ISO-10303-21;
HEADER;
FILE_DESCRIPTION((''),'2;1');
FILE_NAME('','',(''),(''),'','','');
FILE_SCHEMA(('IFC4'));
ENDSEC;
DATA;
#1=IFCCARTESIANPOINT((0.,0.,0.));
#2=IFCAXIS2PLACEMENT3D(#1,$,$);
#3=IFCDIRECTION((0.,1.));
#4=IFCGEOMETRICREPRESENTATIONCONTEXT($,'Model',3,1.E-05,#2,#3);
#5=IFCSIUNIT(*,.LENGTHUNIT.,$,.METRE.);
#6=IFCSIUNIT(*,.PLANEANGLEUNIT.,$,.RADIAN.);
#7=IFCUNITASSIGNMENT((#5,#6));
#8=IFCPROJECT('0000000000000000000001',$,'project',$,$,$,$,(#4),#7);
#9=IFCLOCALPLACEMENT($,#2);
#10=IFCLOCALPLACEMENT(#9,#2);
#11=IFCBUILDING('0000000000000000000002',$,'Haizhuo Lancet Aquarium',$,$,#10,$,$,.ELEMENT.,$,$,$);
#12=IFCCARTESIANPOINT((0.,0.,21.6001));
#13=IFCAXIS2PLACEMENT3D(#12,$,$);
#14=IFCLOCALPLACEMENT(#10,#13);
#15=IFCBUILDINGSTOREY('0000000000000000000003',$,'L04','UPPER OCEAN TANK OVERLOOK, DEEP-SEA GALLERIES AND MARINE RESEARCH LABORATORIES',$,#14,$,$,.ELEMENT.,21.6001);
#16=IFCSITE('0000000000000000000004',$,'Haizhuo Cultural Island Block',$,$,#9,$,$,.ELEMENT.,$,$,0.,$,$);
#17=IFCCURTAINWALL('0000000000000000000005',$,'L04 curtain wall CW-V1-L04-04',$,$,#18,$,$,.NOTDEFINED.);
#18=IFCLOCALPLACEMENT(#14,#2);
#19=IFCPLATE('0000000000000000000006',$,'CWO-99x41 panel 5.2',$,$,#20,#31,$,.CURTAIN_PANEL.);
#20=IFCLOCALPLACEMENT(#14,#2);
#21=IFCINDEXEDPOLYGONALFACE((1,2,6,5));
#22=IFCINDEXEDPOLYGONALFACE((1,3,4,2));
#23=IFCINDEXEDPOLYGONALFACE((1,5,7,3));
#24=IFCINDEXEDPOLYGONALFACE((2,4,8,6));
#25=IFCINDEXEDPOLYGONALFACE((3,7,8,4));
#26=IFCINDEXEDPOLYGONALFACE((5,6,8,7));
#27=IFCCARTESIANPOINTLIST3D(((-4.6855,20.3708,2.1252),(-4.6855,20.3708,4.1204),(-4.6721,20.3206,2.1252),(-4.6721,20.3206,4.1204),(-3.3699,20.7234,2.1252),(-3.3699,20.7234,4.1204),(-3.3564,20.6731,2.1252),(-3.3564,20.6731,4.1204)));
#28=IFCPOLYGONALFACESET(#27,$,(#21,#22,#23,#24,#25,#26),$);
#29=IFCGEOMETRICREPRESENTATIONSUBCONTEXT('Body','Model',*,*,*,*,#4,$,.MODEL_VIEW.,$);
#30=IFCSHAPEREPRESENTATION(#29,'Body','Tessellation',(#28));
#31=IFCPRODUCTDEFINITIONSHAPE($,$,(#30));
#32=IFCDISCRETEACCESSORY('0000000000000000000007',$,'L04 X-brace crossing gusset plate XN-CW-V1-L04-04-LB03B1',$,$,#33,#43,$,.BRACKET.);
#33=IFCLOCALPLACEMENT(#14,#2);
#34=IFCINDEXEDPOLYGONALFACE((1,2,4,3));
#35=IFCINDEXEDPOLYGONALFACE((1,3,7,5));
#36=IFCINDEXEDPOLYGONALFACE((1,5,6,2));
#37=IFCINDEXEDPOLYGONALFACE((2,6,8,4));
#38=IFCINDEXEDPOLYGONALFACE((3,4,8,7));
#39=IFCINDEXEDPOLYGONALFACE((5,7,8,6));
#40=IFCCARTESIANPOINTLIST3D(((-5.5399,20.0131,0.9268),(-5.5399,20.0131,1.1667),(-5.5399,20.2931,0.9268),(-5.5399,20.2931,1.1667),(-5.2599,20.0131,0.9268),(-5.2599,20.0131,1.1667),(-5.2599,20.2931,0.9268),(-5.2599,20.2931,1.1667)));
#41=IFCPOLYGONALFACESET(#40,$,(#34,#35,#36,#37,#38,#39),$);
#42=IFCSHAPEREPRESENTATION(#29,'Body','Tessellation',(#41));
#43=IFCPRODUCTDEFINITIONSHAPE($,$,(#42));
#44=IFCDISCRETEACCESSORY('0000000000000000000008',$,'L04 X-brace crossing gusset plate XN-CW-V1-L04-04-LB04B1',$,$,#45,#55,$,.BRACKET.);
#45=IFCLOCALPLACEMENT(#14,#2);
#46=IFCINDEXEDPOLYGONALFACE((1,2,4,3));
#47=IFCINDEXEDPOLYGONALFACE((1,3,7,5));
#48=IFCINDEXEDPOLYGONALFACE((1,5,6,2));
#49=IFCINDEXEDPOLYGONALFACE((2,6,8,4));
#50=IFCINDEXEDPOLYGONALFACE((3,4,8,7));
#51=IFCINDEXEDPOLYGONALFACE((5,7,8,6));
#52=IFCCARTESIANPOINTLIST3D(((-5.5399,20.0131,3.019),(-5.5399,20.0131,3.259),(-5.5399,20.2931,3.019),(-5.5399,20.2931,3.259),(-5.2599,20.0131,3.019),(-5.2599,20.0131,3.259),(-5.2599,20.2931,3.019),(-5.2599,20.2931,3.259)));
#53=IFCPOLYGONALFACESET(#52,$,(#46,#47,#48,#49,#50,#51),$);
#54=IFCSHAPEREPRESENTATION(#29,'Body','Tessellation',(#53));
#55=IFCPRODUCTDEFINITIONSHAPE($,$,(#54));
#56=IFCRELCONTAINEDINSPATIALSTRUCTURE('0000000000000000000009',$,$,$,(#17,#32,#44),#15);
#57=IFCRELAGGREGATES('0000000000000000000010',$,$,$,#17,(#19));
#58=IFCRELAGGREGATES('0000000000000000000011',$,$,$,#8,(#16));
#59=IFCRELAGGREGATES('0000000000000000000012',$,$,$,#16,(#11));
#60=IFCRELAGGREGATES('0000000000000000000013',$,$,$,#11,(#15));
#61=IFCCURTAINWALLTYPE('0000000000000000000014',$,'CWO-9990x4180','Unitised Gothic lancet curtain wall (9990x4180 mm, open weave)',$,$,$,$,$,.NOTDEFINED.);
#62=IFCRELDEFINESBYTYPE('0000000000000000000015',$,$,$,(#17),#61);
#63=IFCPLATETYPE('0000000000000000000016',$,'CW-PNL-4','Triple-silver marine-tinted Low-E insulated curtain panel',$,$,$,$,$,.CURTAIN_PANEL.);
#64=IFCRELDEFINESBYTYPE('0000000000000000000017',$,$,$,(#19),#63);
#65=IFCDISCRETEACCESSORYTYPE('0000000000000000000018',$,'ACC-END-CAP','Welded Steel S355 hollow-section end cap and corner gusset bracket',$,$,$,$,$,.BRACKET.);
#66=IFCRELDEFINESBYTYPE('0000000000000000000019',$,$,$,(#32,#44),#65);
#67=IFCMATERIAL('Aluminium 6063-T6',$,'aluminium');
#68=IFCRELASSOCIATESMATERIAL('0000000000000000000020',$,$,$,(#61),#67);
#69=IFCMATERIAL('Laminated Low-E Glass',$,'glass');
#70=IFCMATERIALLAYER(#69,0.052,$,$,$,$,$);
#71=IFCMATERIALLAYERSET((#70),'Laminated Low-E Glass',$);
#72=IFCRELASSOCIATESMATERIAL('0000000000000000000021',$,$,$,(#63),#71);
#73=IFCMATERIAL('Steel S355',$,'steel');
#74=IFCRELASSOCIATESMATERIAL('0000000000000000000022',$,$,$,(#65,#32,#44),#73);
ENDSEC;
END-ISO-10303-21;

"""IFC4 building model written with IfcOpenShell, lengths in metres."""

from ifc_helpers import new_model, si_unit, direction, frame, origin, origin_2d, place, context, subcontext, project, spatial, rectangle, extrude, material, layer, layer_set, type_object, element, aggregate, save


model = new_model("IFC4")

# Units and contexts
model_context = context("Model", 3, precision=1e-05, world=origin(), true_north=direction((0.0, 1.0)))
body_context = subcontext(model_context, "Body", "Model", "MODEL_VIEW")
ifc_project = project(units=[si_unit("LENGTHUNIT", "METRE"), si_unit("PLANEANGLEUNIT", "RADIAN")], contexts=[model_context])

# Site, building, storey
site_placement = place(None, origin())
site = spatial("IfcSite", under=ifc_project, at=site_placement, Name="Haizhuo Cultural Island Block", CompositionType="ELEMENT", RefElevation=0.0)
building_placement = place(site_placement, origin())
building = spatial("IfcBuilding", under=site, at=building_placement, Name="Haizhuo Lancet Aquarium", CompositionType="ELEMENT")
storey_placement = place(building_placement, frame((0.0, 0.0, 21.6001)))
storey = spatial("IfcBuildingStorey", under=building, at=storey_placement, Name="L04", Description="UPPER OCEAN TANK OVERLOOK, DEEP-SEA GALLERIES AND MARINE RESEARCH LABORATORIES", CompositionType="ELEMENT", Elevation=21.6001)

# Curtain wall
ifc_material_1 = material(Name="Aluminium 6063-T6", Category="aluminium")
curtain_wall_type = type_object("IfcCurtainWallType", Name="CWO-9990x4180", Description="Unitised Gothic lancet curtain wall (9990x4180 mm, open weave)", PredefinedType="NOTDEFINED", material=ifc_material_1)
curtain_wall_placement = place(storey_placement, origin())
curtain_wall = element("IfcCurtainWall", 1, at=curtain_wall_placement, inside=storey, type_object=curtain_wall_type, Name="L04 curtain wall CW-V1-L04-04", PredefinedType="NOTDEFINED")

# Shared definitions
ifc_material_2 = material(Name="Steel S355", Category="steel")

# Plate
ifc_material_3 = material(Name="Laminated Low-E Glass", Category="glass")
ifc_layer = layer(ifc_material_3, 0.052)
ifc_layer_set = layer_set([ifc_layer], Name="Laminated Low-E Glass")
plate_type = type_object("IfcPlateType", Name="CW-PNL-4", Description="Triple-silver marine-tinted Low-E insulated curtain panel", PredefinedType="CURTAIN_PANEL", material=ifc_layer_set)
plate_1_placement = place(storey_placement, frame((-4.021, 20.522, 2.1252), z_axis=(0.0, 0.0, 1.0), x_axis=(0.965917, 0.258853, 0.0)))
plate_1 = element("IfcPlate", 2, at=plate_1_placement, type_object=plate_type, Name="CWO-99x41 panel 5.2", PredefinedType="CURTAIN_PANEL", context=body_context, shape_type="SweptSolid", body=[
    extrude(rectangle(XDim=1.3621, YDim=0.052, at=origin_2d()), origin(), (0.0, 0.0, 1.0), 1.9951),
])
aggregate(curtain_wall, [plate_1])

# Discrete accessories
discrete_accessory_type = type_object("IfcDiscreteAccessoryType", Name="ACC-END-CAP", Description="Welded Steel S355 hollow-section end cap and corner gusset bracket", PredefinedType="BRACKET", material=ifc_material_2)
for number, where, z_axis, x_axis, name in (
    (3, (-5.3999, 20.1531, 0.9268), (0.0, 0.0, 1.0), (1.0, 0.0, 0.0), "L04 X-brace crossing gusset plate XN-CW-V1-L04-04-LB03B1"),
    (4, (-5.3999, 20.1531, 3.019), (0.0, 0.0, 1.0), (1.0, 0.0, 0.0), "L04 X-brace crossing gusset plate XN-CW-V1-L04-04-LB04B1"),
):
    element("IfcDiscreteAccessory", number, at=place(storey_placement, frame(where, z_axis=z_axis, x_axis=x_axis)), inside=storey, type_object=discrete_accessory_type, material=ifc_material_2, Name=name, PredefinedType="BRACKET", context=body_context, shape_type="SweptSolid", body=[
        extrude(rectangle(XDim=0.28, YDim=0.28, at=origin_2d()), origin(), (0.0, 0.0, 1.0), 0.24),
    ])

save(model, "model.ifc")
